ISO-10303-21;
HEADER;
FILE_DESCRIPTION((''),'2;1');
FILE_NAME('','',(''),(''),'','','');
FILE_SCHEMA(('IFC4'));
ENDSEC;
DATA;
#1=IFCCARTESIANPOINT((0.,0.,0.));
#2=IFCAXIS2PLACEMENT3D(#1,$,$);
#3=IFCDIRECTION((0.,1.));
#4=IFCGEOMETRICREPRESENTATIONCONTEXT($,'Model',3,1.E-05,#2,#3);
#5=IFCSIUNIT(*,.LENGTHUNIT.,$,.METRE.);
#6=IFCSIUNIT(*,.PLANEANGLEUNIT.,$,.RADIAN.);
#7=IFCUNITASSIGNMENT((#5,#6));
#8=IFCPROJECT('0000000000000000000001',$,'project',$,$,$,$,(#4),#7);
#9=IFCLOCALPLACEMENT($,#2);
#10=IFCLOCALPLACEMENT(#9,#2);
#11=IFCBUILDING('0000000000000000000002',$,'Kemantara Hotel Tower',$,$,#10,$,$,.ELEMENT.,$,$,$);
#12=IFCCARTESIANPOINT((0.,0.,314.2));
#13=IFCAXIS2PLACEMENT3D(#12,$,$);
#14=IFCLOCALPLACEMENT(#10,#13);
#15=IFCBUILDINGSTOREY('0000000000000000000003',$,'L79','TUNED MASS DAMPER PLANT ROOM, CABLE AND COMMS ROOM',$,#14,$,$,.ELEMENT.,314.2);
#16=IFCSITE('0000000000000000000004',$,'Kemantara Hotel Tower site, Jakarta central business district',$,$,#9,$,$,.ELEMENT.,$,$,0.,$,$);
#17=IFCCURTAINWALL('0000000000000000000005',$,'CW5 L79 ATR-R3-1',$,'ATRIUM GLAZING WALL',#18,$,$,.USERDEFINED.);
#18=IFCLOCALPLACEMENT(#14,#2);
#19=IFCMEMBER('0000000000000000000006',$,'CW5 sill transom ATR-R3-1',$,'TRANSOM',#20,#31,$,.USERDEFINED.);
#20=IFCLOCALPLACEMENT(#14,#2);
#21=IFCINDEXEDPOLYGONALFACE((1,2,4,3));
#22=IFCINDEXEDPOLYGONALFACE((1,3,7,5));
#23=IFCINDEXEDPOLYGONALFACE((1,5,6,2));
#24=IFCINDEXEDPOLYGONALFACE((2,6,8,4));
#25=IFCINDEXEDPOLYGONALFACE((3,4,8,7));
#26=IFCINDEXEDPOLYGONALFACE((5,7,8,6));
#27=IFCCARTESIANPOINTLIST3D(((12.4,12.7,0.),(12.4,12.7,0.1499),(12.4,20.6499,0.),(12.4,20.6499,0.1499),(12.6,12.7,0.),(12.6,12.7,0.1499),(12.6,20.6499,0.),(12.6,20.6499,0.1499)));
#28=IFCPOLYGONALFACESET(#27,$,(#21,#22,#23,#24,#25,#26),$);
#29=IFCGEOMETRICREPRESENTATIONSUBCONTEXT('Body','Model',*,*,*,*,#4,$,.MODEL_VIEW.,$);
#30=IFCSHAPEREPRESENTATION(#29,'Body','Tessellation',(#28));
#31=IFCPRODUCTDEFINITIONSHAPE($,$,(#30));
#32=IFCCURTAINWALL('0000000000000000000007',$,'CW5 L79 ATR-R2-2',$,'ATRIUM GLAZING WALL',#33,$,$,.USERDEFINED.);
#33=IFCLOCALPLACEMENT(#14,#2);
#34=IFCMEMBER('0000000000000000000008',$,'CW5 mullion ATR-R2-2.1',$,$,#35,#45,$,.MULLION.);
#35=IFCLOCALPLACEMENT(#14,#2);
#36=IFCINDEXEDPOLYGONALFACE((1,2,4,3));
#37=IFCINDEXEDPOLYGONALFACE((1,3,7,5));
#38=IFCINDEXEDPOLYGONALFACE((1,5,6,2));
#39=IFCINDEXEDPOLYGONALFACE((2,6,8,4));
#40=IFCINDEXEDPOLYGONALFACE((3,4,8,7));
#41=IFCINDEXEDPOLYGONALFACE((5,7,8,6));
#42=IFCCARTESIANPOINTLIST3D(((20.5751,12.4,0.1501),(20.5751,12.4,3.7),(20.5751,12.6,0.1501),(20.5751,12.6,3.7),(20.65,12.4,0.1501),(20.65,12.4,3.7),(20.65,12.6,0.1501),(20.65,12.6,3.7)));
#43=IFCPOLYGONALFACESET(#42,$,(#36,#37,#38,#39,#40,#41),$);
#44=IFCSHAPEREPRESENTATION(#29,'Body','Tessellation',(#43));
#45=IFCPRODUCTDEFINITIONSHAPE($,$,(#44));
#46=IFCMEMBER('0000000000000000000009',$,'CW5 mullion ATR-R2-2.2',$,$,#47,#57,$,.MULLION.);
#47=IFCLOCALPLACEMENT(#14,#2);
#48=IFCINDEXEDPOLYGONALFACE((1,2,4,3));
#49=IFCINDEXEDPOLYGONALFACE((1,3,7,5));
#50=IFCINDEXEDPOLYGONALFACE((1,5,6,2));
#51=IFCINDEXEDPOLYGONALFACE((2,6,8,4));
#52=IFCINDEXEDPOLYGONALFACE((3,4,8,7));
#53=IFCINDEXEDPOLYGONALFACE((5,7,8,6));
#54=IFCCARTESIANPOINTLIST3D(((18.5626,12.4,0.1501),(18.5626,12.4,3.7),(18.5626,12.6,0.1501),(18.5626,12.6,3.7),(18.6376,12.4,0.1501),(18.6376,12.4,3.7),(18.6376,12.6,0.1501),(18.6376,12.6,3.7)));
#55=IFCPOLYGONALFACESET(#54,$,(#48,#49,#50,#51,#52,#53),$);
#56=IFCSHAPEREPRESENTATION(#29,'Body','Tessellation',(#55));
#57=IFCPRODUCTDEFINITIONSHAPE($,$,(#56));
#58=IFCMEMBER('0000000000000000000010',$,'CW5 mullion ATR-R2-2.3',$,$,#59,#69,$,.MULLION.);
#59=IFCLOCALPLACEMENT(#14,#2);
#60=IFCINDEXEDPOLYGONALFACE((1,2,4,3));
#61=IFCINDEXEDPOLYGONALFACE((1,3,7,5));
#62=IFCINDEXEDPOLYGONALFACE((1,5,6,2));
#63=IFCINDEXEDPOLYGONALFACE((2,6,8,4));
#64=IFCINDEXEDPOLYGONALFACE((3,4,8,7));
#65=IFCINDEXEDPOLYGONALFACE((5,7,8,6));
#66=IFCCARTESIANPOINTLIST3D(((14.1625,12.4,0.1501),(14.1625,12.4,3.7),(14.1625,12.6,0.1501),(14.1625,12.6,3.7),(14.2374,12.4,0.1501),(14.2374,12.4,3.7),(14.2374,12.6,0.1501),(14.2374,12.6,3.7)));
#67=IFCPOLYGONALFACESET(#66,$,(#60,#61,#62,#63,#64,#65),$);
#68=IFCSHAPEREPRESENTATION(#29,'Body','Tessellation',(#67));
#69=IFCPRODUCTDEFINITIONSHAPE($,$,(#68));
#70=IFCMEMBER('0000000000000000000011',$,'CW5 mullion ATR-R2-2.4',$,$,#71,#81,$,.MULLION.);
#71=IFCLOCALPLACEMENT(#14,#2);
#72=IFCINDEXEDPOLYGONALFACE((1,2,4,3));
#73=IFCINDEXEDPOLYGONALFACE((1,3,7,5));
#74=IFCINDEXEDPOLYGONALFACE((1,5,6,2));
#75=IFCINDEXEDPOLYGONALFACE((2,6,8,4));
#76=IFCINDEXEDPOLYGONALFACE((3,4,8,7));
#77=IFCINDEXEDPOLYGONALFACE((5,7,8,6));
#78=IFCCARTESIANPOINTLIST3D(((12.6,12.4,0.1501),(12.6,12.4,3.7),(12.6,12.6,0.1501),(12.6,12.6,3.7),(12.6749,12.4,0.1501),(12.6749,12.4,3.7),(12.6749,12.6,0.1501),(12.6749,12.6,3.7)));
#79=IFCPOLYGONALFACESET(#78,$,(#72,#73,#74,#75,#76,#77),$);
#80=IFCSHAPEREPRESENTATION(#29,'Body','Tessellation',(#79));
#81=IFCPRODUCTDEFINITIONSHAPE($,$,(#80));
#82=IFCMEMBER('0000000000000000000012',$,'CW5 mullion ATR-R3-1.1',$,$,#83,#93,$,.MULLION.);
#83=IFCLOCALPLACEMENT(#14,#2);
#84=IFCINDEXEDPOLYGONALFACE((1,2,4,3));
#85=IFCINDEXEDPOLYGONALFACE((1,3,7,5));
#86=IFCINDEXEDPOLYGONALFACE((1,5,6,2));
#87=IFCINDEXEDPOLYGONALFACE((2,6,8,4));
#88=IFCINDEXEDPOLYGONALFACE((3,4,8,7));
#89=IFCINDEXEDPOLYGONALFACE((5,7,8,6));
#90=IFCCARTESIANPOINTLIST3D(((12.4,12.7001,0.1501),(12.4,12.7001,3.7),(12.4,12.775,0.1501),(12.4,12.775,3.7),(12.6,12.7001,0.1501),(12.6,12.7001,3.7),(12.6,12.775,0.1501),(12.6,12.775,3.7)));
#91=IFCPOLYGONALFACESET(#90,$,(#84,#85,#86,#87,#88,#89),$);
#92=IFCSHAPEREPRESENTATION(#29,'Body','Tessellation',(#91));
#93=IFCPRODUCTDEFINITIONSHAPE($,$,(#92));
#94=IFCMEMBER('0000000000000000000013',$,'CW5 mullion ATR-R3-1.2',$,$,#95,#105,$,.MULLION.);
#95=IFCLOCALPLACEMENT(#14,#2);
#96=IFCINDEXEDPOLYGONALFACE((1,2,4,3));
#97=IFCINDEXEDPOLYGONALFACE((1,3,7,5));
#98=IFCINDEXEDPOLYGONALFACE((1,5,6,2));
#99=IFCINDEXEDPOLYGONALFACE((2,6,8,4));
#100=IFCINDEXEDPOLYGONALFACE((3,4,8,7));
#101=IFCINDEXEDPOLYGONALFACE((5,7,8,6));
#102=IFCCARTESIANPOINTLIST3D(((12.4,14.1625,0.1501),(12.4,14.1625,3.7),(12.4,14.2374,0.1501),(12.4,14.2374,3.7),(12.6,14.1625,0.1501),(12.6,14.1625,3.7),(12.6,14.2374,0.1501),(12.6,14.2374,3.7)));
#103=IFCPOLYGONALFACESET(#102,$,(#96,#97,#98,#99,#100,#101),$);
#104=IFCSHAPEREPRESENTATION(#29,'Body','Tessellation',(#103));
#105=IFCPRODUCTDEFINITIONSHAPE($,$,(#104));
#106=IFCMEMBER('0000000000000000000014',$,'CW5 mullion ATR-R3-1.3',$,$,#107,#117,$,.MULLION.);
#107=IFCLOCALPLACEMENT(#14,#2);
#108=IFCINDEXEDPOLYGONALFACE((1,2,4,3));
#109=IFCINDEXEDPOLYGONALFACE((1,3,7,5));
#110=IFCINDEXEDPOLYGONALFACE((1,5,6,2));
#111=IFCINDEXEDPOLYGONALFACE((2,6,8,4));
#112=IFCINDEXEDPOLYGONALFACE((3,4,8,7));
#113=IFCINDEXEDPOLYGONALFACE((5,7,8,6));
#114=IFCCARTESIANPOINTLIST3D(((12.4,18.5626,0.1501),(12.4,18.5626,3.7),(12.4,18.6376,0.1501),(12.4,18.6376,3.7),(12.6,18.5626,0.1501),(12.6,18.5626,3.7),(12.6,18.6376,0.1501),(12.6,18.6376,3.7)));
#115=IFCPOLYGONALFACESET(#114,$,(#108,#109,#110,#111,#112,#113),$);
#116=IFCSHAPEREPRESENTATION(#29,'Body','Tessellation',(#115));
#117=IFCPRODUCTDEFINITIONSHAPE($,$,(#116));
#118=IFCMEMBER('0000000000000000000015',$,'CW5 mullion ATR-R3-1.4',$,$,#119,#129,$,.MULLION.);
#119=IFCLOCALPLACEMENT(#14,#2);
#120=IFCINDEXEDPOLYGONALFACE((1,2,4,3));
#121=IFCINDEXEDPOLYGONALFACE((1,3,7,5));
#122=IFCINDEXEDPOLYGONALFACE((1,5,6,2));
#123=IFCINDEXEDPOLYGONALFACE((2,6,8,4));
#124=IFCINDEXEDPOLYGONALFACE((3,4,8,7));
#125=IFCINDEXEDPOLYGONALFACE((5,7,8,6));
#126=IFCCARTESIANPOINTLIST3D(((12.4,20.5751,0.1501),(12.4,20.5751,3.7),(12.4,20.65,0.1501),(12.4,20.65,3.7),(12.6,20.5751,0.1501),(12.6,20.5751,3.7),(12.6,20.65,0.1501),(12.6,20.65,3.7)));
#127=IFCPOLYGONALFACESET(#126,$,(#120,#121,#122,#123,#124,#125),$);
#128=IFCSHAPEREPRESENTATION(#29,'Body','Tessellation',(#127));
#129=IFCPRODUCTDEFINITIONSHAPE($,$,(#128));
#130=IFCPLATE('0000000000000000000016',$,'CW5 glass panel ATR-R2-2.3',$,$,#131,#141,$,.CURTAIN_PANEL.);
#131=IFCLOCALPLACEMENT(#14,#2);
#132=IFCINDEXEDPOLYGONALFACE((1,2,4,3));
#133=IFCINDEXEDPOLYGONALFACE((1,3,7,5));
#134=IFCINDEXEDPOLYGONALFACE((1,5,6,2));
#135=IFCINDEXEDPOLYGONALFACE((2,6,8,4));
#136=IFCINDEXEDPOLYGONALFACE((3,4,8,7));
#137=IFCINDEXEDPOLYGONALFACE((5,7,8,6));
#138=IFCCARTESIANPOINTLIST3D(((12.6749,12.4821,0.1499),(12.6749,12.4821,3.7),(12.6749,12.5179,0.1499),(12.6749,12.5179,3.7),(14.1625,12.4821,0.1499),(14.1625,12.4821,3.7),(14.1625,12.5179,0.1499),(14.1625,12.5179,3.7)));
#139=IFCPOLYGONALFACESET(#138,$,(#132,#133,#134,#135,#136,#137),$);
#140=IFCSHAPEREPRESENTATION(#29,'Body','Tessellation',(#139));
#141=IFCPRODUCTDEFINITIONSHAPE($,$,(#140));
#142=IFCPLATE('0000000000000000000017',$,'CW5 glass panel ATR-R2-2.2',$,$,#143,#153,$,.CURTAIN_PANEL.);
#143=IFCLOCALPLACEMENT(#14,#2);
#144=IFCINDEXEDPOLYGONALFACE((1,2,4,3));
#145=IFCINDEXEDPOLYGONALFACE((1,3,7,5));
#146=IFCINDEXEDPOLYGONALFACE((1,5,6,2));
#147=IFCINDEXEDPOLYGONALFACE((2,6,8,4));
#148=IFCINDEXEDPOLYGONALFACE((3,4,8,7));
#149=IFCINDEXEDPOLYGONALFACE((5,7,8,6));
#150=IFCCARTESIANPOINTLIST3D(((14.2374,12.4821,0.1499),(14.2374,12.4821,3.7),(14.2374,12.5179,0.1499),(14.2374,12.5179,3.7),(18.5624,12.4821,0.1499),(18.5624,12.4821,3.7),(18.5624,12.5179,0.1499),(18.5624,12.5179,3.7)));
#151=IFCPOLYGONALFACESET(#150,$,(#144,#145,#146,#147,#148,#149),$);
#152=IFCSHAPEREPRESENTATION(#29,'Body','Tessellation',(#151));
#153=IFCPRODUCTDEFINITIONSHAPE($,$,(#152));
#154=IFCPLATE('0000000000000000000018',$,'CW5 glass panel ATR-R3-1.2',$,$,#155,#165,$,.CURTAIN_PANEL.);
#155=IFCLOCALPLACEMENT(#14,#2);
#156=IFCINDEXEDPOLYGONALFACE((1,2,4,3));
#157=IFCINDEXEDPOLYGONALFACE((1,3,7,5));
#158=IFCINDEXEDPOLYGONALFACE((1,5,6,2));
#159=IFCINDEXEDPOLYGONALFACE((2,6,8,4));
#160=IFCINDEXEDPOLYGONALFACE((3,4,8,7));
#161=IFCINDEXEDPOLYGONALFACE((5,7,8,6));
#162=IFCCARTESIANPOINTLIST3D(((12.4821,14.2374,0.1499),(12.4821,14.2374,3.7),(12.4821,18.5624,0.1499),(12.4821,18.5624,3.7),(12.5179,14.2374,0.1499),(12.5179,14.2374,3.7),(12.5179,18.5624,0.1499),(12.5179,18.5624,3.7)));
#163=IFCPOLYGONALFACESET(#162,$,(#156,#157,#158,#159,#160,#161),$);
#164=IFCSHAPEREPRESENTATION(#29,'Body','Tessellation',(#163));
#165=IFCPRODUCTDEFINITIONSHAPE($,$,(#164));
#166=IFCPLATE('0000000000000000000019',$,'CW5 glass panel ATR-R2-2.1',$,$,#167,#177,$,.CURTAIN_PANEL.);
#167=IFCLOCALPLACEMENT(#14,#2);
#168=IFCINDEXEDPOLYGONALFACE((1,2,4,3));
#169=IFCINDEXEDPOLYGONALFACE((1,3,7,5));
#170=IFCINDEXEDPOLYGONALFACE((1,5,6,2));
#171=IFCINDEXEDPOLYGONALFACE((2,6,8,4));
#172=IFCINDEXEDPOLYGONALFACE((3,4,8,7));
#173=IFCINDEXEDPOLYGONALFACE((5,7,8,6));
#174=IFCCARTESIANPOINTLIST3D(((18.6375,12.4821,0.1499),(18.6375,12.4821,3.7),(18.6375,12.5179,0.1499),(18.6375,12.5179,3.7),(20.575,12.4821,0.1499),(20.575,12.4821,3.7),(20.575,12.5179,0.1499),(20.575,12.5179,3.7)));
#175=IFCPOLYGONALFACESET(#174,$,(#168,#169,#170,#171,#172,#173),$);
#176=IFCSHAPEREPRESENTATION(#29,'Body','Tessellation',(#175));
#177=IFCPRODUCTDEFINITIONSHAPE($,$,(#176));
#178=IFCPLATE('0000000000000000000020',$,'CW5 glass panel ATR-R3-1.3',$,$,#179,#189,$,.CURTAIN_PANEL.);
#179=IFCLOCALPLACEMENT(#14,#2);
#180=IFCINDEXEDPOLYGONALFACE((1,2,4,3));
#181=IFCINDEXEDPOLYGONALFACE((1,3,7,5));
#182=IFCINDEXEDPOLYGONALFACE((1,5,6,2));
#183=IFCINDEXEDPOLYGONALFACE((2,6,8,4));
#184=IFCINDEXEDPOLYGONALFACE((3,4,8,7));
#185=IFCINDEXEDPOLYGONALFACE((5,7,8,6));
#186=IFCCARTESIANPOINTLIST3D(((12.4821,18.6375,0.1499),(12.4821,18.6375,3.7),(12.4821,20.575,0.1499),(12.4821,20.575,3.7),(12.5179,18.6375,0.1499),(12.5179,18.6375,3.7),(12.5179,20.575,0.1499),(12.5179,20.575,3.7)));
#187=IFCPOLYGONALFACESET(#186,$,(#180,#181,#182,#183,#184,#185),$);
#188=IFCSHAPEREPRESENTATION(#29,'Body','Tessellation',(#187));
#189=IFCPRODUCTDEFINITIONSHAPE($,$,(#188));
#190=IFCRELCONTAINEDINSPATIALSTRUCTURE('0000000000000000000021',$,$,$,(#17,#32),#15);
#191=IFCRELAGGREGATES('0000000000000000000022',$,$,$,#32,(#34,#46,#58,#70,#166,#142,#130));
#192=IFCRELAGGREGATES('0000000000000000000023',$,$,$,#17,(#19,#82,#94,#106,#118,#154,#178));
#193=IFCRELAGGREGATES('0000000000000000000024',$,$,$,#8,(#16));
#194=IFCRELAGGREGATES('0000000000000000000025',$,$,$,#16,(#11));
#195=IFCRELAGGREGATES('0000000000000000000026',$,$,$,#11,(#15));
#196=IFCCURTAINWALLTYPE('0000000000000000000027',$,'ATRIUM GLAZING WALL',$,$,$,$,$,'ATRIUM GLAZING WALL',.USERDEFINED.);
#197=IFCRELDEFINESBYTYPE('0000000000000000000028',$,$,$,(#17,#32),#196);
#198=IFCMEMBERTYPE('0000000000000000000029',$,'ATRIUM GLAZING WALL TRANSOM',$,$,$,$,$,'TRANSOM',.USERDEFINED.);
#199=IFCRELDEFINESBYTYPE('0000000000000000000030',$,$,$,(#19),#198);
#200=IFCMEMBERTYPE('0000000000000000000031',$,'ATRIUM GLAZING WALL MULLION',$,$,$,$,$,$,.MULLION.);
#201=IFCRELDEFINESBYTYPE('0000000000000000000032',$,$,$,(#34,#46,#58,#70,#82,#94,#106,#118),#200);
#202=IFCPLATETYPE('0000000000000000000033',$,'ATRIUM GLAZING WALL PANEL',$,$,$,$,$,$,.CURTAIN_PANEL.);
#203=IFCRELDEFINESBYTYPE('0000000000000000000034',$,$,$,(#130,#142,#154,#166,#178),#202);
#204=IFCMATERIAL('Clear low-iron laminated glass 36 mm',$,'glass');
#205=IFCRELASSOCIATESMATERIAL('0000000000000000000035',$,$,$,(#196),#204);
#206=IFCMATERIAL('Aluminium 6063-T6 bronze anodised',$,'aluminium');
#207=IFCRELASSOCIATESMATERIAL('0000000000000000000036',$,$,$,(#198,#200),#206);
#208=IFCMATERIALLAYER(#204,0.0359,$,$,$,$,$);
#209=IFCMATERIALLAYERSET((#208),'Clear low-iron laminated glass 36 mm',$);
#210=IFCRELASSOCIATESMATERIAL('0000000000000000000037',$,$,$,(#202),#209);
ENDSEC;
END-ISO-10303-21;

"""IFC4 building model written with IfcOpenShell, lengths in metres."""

from ifc_helpers import new_model, si_unit, direction, frame, origin, origin_2d, place, context, subcontext, project, spatial, rectangle, extrude, source, transform, mapped, material, layer, layer_set, material_profile, profile_set, type_object, element, aggregate, save


model = new_model("IFC4")

# Units and contexts
model_context = context("Model", 3, precision=1e-05, world=origin(), true_north=direction((0.0, 1.0)))
body_context = subcontext(model_context, "Body", "Model", "MODEL_VIEW")
ifc_project = project(units=[si_unit("LENGTHUNIT", "METRE"), si_unit("PLANEANGLEUNIT", "RADIAN")], contexts=[model_context])

# Site, building, storey
site_placement = place(None, origin())
site = spatial("IfcSite", under=ifc_project, at=site_placement, Name="Kemantara Hotel Tower site, Jakarta central business district", CompositionType="ELEMENT", RefElevation=0.0)
building_placement = place(site_placement, origin())
building = spatial("IfcBuilding", under=site, at=building_placement, Name="Kemantara Hotel Tower", CompositionType="ELEMENT")
storey_placement = place(building_placement, frame((0.0, 0.0, 314.2)))
storey = spatial("IfcBuildingStorey", under=building, at=storey_placement, Name="L79", Description="TUNED MASS DAMPER PLANT ROOM, CABLE AND COMMS ROOM", CompositionType="ELEMENT", Elevation=314.2)

# Curtain wall, member
ifc_material_1 = material(Name="Clear low-iron laminated glass 36 mm", Category="glass")
curtain_wall_type = type_object("IfcCurtainWallType", Name="ATRIUM GLAZING WALL", ElementType="ATRIUM GLAZING WALL", PredefinedType="USERDEFINED", material=ifc_material_1)
curtain_wall_1_placement = place(storey_placement, origin())
curtain_wall_1 = element("IfcCurtainWall", 1, at=curtain_wall_1_placement, inside=storey, type_object=curtain_wall_type, Name="CW5 L79 ATR-R3-1", ObjectType="ATRIUM GLAZING WALL", PredefinedType="USERDEFINED")
ifc_material_2 = material(Name="Aluminium 6063-T6 bronze anodised", Category="aluminium")
ifc_material_profile_1 = material_profile(ifc_material_2, rectangle(XDim=0.2, YDim=0.1499, at=origin_2d()), Name="ATRIUM GLAZING WALL TRANSOM")
ifc_profile_set_1 = profile_set([ifc_material_profile_1], Name="Aluminium 6063-T6 bronze anodised")
member_type_1 = type_object("IfcMemberType", Name="ATRIUM GLAZING WALL TRANSOM", ElementType="TRANSOM", PredefinedType="USERDEFINED", material=ifc_profile_set_1)
member_1_placement = place(storey_placement, frame((12.5, 12.7, 0.075), z_axis=(0.0, 1.0, 0.0), x_axis=(-1.0, 0.0, 0.0)))
member_1 = element("IfcMember", 2, at=member_1_placement, type_object=member_type_1, Name="CW5 sill transom ATR-R3-1", ObjectType="TRANSOM", PredefinedType="USERDEFINED", context=body_context, shape_type="SweptSolid", body=[
    extrude(rectangle(XDim=0.2, YDim=0.1499, at=origin_2d()), origin(), (0.0, 0.0, 1.0), 7.95),
])

# Curtain wall, members
curtain_wall_2_placement = place(storey_placement, origin())
curtain_wall_2 = element("IfcCurtainWall", 3, at=curtain_wall_2_placement, inside=storey, type_object=curtain_wall_type, Name="CW5 L79 ATR-R2-2", ObjectType="ATRIUM GLAZING WALL", PredefinedType="USERDEFINED")
ifc_material_profile_2 = material_profile(ifc_material_2, rectangle(XDim=0.2, YDim=0.075, at=origin_2d()), Name="ATRIUM GLAZING WALL MULLION")
ifc_profile_set_2 = profile_set([ifc_material_profile_2], Name="Aluminium 6063-T6 bronze anodised")
member_type_2 = type_object("IfcMemberType", Name="ATRIUM GLAZING WALL MULLION", PredefinedType="MULLION", material=ifc_profile_set_2)
shared_shape_1 = source(origin(), body_context, "Body", "SweptSolid", [
    extrude(rectangle(XDim=0.2, YDim=0.075, at=origin_2d()), origin(), (0.0, 0.0, 1.0), 3.5498),
])
member_2_placement = place(storey_placement, frame((20.6125, 12.5, 0.1501), z_axis=(0.0, 0.0, 1.0), x_axis=(0.0, -1.0, 0.0)))
member_2 = element("IfcMember", 4, at=member_2_placement, type_object=member_type_2, Name="CW5 mullion ATR-R2-2.1", PredefinedType="MULLION", context=body_context, shape_type="MappedRepresentation", body=[
    mapped(shared_shape_1, transform((0.0, 0.0, 0.0))),
])
member_3_placement = place(storey_placement, frame((18.6001, 12.5, 0.1501), z_axis=(0.0, 0.0, 1.0), x_axis=(0.0, -1.0, 0.0)))
member_3 = element("IfcMember", 5, at=member_3_placement, type_object=member_type_2, Name="CW5 mullion ATR-R2-2.2", PredefinedType="MULLION", context=body_context, shape_type="MappedRepresentation", body=[
    mapped(shared_shape_1, transform((0.0, 0.0, 0.0))),
])
member_4_placement = place(storey_placement, frame((14.2, 12.5, 0.1501), z_axis=(0.0, 0.0, 1.0), x_axis=(0.0, -1.0, 0.0)))
member_4 = element("IfcMember", 6, at=member_4_placement, type_object=member_type_2, Name="CW5 mullion ATR-R2-2.3", PredefinedType="MULLION", context=body_context, shape_type="MappedRepresentation", body=[
    mapped(shared_shape_1, transform((0.0, 0.0, 0.0))),
])
member_5_placement = place(storey_placement, frame((12.6375, 12.5, 0.1501), z_axis=(0.0, 0.0, 1.0), x_axis=(0.0, -1.0, 0.0)))
member_5 = element("IfcMember", 7, at=member_5_placement, type_object=member_type_2, Name="CW5 mullion ATR-R2-2.4", PredefinedType="MULLION", context=body_context, shape_type="MappedRepresentation", body=[
    mapped(shared_shape_1, transform((0.0, 0.0, 0.0))),
])

# Members
member_6_placement = place(storey_placement, frame((12.5, 12.7375, 0.1501), z_axis=(0.0, 0.0, 1.0), x_axis=(-1.0, 0.0, 0.0)))
member_6 = element("IfcMember", 8, at=member_6_placement, type_object=member_type_2, Name="CW5 mullion ATR-R3-1.1", PredefinedType="MULLION", context=body_context, shape_type="MappedRepresentation", body=[
    mapped(shared_shape_1, transform((0.0, 0.0, 0.0))),
])
member_7_placement = place(storey_placement, frame((12.5, 14.2, 0.1501), z_axis=(0.0, 0.0, 1.0), x_axis=(-1.0, 0.0, 0.0)))
member_7 = element("IfcMember", 9, at=member_7_placement, type_object=member_type_2, Name="CW5 mullion ATR-R3-1.2", PredefinedType="MULLION", context=body_context, shape_type="MappedRepresentation", body=[
    mapped(shared_shape_1, transform((0.0, 0.0, 0.0))),
])
member_8_placement = place(storey_placement, frame((12.5, 18.6001, 0.1501), z_axis=(0.0, 0.0, 1.0), x_axis=(-1.0, 0.0, 0.0)))
member_8 = element("IfcMember", 10, at=member_8_placement, type_object=member_type_2, Name="CW5 mullion ATR-R3-1.3", PredefinedType="MULLION", context=body_context, shape_type="MappedRepresentation", body=[
    mapped(shared_shape_1, transform((0.0, 0.0, 0.0))),
])
member_9_placement = place(storey_placement, frame((12.5, 20.6125, 0.1501), z_axis=(0.0, 0.0, 1.0), x_axis=(-1.0, 0.0, 0.0)))
member_9 = element("IfcMember", 11, at=member_9_placement, type_object=member_type_2, Name="CW5 mullion ATR-R3-1.4", PredefinedType="MULLION", context=body_context, shape_type="MappedRepresentation", body=[
    mapped(shared_shape_1, transform((0.0, 0.0, 0.0))),
])

# Plates
ifc_layer = layer(ifc_material_1, 0.0359)
ifc_layer_set = layer_set([ifc_layer], Name="Clear low-iron laminated glass 36 mm")
plate_type = type_object("IfcPlateType", Name="ATRIUM GLAZING WALL PANEL", PredefinedType="CURTAIN_PANEL", material=ifc_layer_set)
shared_shape_2 = source(origin(), body_context, "Body", "SweptSolid", [
    extrude(rectangle(XDim=1.4875, YDim=0.0359, at=origin_2d()), origin(), (0.0, 0.0, 1.0), 3.55),
])
plate_1_placement = place(storey_placement, frame((13.4187, 12.5, 0.1499), z_axis=(0.0, 0.0, 1.0), x_axis=(-1.0, 0.0, 0.0)))
plate_1 = element("IfcPlate", 12, at=plate_1_placement, type_object=plate_type, Name="CW5 glass panel ATR-R2-2.3", PredefinedType="CURTAIN_PANEL", context=body_context, shape_type="MappedRepresentation", body=[
    mapped(shared_shape_2, transform((0.0, 0.0, 0.0))),
])
shared_shape_3 = source(origin(), body_context, "Body", "SweptSolid", [
    extrude(rectangle(XDim=4.325, YDim=0.0359, at=origin_2d()), origin(), (0.0, 0.0, 1.0), 3.55),
])
plate_2_placement = place(storey_placement, frame((16.3999, 12.5, 0.1499), z_axis=(0.0, 0.0, 1.0), x_axis=(-1.0, 0.0, 0.0)))
plate_2 = element("IfcPlate", 13, at=plate_2_placement, type_object=plate_type, Name="CW5 glass panel ATR-R2-2.2", PredefinedType="CURTAIN_PANEL", context=body_context, shape_type="MappedRepresentation", body=[
    mapped(shared_shape_3, transform((0.0, 0.0, 0.0))),
])
plate_3_placement = place(storey_placement, frame((12.5, 16.3999, 0.1499), z_axis=(0.0, 0.0, 1.0), x_axis=(0.0, 1.0, 0.0)))
plate_3 = element("IfcPlate", 14, at=plate_3_placement, type_object=plate_type, Name="CW5 glass panel ATR-R3-1.2", PredefinedType="CURTAIN_PANEL", context=body_context, shape_type="MappedRepresentation", body=[
    mapped(shared_shape_3, transform((0.0, 0.0, 0.0))),
])
shared_shape_4 = source(origin(), body_context, "Body", "SweptSolid", [
    extrude(rectangle(XDim=1.9375, YDim=0.0359, at=origin_2d()), origin(), (0.0, 0.0, 1.0), 3.55),
])
plate_4_placement = place(storey_placement, frame((19.6062, 12.5, 0.1499), z_axis=(0.0, 0.0, 1.0), x_axis=(-1.0, 0.0, 0.0)))
plate_4 = element("IfcPlate", 15, at=plate_4_placement, type_object=plate_type, Name="CW5 glass panel ATR-R2-2.1", PredefinedType="CURTAIN_PANEL", context=body_context, shape_type="MappedRepresentation", body=[
    mapped(shared_shape_4, transform((0.0, 0.0, 0.0))),
])
aggregate(curtain_wall_2, [member_2, member_3, member_4, member_5, plate_4, plate_2, plate_1])
plate_5_placement = place(storey_placement, frame((12.5, 19.6062, 0.1499), z_axis=(0.0, 0.0, 1.0), x_axis=(0.0, 1.0, 0.0)))
plate_5 = element("IfcPlate", 16, at=plate_5_placement, type_object=plate_type, Name="CW5 glass panel ATR-R3-1.3", PredefinedType="CURTAIN_PANEL", context=body_context, shape_type="MappedRepresentation", body=[
    mapped(shared_shape_4, transform((0.0, 0.0, 0.0))),
])
aggregate(curtain_wall_1, [member_1, member_6, member_7, member_8, member_9, plate_3, plate_5])

save(model, "model.ifc")
